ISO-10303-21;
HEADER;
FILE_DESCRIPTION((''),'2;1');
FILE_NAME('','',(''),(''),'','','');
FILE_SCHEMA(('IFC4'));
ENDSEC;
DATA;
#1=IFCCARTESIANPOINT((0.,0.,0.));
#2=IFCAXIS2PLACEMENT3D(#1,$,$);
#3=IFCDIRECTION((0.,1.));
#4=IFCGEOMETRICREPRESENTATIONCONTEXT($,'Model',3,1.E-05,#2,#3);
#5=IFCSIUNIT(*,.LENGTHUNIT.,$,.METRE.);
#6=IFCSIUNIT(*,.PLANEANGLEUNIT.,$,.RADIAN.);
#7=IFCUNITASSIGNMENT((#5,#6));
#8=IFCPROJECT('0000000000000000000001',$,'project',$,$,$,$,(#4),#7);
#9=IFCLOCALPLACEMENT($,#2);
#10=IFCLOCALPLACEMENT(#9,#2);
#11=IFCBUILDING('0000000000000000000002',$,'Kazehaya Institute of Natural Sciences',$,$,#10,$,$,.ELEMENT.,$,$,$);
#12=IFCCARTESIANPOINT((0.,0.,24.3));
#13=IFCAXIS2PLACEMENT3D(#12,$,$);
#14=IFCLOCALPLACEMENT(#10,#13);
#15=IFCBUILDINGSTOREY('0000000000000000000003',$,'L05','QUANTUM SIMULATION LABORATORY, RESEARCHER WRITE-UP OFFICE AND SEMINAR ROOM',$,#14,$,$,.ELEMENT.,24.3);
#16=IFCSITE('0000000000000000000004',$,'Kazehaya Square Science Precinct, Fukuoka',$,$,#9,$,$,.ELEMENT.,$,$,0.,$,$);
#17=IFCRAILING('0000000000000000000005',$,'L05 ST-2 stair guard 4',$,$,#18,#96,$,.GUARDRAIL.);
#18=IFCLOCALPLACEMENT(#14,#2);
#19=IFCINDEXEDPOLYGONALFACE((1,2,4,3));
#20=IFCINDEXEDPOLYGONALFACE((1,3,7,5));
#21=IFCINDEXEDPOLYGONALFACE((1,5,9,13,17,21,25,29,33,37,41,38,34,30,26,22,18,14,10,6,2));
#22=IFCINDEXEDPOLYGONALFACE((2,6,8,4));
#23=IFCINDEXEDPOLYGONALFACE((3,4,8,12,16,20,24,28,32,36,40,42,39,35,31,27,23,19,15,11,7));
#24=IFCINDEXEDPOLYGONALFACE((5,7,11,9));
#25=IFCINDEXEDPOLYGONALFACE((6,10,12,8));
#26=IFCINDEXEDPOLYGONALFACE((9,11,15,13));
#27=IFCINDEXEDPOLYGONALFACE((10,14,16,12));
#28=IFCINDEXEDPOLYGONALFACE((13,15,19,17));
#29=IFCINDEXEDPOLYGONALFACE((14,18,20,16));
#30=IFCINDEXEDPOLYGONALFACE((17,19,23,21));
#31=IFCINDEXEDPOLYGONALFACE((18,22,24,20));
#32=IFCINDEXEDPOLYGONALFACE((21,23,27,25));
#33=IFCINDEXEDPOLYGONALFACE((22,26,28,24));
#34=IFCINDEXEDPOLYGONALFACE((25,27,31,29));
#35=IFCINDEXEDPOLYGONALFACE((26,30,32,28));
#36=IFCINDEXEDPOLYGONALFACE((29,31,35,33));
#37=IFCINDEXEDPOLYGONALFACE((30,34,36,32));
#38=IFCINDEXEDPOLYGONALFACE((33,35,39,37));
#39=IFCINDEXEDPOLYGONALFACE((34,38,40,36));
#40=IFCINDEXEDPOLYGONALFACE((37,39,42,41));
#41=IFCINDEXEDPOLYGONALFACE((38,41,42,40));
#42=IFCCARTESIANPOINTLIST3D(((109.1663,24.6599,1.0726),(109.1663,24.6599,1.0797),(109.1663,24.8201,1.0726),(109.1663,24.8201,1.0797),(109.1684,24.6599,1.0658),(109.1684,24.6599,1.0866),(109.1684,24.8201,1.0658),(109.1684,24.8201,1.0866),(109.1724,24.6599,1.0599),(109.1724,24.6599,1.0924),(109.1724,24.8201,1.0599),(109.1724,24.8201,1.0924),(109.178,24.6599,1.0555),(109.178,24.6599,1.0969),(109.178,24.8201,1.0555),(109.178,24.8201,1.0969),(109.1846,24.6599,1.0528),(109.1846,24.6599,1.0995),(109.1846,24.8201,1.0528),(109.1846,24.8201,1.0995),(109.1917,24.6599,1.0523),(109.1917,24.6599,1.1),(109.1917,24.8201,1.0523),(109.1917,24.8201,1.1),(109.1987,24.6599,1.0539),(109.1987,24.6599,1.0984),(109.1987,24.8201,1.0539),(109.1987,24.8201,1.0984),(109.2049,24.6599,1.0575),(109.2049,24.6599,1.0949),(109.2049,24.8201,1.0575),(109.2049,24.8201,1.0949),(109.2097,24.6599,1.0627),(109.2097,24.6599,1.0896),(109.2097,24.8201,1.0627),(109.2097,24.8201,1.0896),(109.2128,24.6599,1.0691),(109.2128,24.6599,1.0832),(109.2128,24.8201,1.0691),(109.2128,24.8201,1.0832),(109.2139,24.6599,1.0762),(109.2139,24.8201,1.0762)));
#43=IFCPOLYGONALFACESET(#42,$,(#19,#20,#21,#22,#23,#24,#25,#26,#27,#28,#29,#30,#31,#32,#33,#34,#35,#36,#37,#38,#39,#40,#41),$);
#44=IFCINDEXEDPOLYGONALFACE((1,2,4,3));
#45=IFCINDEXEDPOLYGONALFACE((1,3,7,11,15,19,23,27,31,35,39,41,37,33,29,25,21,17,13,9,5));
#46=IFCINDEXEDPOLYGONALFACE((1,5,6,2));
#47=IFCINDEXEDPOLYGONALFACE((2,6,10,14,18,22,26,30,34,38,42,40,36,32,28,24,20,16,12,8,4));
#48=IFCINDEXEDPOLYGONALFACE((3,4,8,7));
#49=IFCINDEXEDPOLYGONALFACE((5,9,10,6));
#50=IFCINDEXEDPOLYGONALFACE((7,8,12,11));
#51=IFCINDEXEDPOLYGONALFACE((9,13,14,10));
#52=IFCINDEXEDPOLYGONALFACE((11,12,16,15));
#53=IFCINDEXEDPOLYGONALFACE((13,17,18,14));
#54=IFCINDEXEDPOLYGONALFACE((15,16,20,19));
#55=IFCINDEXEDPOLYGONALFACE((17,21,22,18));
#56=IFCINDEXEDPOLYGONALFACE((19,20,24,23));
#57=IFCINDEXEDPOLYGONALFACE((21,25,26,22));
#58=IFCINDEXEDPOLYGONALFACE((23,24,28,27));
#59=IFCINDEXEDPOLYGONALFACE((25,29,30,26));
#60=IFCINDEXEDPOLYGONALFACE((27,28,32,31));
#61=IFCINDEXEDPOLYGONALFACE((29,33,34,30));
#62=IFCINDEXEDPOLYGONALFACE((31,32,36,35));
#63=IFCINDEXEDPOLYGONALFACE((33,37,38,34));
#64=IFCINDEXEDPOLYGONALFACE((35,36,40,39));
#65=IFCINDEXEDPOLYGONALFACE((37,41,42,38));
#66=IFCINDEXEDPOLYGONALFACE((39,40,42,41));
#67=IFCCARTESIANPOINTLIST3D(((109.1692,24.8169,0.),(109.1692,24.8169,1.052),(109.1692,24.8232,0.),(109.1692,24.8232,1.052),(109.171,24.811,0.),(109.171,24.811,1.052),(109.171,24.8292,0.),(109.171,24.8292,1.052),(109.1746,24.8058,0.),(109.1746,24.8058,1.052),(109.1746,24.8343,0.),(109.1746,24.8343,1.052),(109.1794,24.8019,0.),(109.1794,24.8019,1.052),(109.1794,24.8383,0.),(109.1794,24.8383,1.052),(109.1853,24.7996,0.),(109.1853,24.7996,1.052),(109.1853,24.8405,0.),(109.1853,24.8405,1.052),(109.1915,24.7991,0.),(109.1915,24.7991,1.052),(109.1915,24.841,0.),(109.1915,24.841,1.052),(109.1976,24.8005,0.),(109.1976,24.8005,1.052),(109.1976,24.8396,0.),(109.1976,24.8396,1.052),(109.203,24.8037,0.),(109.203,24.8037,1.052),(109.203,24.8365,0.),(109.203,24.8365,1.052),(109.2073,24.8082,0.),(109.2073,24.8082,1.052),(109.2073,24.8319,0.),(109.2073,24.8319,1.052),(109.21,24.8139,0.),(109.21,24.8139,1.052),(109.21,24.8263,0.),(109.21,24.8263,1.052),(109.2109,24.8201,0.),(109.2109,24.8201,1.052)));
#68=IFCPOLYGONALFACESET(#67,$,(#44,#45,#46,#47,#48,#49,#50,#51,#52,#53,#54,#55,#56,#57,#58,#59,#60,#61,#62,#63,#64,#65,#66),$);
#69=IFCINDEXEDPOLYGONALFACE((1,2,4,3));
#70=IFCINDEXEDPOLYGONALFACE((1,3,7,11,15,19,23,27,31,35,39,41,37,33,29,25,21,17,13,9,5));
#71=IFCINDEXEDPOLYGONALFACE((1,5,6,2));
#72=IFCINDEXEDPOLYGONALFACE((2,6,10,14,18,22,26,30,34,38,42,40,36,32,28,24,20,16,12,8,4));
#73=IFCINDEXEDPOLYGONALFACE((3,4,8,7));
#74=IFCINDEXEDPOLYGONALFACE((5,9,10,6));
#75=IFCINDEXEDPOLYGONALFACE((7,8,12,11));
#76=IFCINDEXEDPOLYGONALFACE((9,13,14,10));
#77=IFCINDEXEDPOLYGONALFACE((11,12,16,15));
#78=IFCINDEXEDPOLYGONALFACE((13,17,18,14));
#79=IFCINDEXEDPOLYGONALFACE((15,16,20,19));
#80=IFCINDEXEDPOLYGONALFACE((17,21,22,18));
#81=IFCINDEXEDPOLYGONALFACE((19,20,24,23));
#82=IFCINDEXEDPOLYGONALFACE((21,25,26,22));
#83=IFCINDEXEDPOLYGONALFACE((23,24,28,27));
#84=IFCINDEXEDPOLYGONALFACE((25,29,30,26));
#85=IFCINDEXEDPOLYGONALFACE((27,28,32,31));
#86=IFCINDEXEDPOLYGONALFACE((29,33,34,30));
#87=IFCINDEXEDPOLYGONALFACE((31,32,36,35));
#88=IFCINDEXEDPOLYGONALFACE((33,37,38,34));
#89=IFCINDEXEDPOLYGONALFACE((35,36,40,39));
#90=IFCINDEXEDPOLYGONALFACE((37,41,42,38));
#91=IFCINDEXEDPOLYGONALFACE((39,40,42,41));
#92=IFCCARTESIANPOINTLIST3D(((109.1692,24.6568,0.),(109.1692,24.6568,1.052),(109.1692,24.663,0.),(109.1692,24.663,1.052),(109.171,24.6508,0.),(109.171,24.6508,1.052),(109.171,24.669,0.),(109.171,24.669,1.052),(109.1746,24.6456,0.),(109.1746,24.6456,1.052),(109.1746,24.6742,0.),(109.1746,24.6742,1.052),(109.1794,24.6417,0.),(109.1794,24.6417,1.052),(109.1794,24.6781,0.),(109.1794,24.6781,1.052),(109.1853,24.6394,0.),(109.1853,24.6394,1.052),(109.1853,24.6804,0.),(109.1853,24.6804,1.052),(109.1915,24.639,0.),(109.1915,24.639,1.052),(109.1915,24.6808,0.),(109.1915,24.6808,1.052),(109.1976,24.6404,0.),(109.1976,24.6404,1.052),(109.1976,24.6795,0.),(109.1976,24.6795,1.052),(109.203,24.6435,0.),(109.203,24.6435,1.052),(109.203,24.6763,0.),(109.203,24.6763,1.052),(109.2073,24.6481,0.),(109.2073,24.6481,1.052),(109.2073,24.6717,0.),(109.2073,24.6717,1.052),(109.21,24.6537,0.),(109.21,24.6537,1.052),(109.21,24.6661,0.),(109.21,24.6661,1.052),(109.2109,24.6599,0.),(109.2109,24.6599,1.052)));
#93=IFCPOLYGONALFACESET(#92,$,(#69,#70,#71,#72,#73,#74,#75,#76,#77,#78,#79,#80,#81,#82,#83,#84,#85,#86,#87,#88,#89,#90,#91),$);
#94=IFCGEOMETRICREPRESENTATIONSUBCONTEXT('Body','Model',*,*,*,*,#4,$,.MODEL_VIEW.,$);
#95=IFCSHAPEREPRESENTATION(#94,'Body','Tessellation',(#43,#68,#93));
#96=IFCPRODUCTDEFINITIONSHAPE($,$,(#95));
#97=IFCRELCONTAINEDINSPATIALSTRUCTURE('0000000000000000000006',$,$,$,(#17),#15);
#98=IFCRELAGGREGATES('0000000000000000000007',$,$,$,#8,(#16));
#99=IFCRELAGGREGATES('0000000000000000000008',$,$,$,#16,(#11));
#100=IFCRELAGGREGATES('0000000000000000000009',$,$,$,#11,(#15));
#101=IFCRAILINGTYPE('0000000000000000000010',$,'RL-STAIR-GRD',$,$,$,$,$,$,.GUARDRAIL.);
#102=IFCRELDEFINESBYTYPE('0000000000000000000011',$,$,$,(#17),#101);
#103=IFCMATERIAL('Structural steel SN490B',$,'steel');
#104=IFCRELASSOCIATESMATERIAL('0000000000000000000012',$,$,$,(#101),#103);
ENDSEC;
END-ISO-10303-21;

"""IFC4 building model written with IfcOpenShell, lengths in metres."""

from ifc_helpers import new_model, si_unit, direction, frame, origin, origin_2d, place, context, subcontext, project, spatial, circle, extrude, material, type_object, element, save


model = new_model("IFC4")

# Units and contexts
model_context = context("Model", 3, precision=1e-05, world=origin(), true_north=direction((0.0, 1.0)))
body_context = subcontext(model_context, "Body", "Model", "MODEL_VIEW")
ifc_project = project(units=[si_unit("LENGTHUNIT", "METRE"), si_unit("PLANEANGLEUNIT", "RADIAN")], contexts=[model_context])

# Site, building, storey
site_placement = place(None, origin())
site = spatial("IfcSite", under=ifc_project, at=site_placement, Name="Kazehaya Square Science Precinct, Fukuoka", CompositionType="ELEMENT", RefElevation=0.0)
building_placement = place(site_placement, origin())
building = spatial("IfcBuilding", under=site, at=building_placement, Name="Kazehaya Institute of Natural Sciences", CompositionType="ELEMENT")
storey_placement = place(building_placement, frame((0.0, 0.0, 24.3)))
storey = spatial("IfcBuildingStorey", under=building, at=storey_placement, Name="L05", Description="QUANTUM SIMULATION LABORATORY, RESEARCHER WRITE-UP OFFICE AND SEMINAR ROOM", CompositionType="ELEMENT", Elevation=24.3)

# Railing
ifc_material_1 = material(Name="Structural steel SN490B", Category="steel")
railing_type_1 = type_object("IfcRailingType", Name="RL-STAIR-GRD", PredefinedType="GUARDRAIL", material=ifc_material_1)
railing_1_placement = place(storey_placement, frame((109.1899, 24.8201, 0.0)))
element("IfcRailing", 1, at=railing_1_placement, inside=storey, type_object=railing_type_1, Name="L05 ST-2 stair guard 4", PredefinedType="GUARDRAIL", context=body_context, shape_type="SweptSolid", body=[
    extrude(circle(Radius=0.0239, at=origin_2d()), frame((0.0, 0.0, 1.0762), z_axis=(0.0, -1.0, 0.0), x_axis=(1.0, 0.0, 0.0)), (0.0, 0.0, 1.0), 0.1602),
    extrude(circle(Radius=0.021, at=origin_2d()), origin(), (0.0, 0.0, 1.0), 1.052),
    extrude(circle(Radius=0.021, at=origin_2d()), frame((0.0, -0.1602, 0.0)), (0.0, 0.0, 1.0), 1.052),
])

save(model, "model.ifc")
